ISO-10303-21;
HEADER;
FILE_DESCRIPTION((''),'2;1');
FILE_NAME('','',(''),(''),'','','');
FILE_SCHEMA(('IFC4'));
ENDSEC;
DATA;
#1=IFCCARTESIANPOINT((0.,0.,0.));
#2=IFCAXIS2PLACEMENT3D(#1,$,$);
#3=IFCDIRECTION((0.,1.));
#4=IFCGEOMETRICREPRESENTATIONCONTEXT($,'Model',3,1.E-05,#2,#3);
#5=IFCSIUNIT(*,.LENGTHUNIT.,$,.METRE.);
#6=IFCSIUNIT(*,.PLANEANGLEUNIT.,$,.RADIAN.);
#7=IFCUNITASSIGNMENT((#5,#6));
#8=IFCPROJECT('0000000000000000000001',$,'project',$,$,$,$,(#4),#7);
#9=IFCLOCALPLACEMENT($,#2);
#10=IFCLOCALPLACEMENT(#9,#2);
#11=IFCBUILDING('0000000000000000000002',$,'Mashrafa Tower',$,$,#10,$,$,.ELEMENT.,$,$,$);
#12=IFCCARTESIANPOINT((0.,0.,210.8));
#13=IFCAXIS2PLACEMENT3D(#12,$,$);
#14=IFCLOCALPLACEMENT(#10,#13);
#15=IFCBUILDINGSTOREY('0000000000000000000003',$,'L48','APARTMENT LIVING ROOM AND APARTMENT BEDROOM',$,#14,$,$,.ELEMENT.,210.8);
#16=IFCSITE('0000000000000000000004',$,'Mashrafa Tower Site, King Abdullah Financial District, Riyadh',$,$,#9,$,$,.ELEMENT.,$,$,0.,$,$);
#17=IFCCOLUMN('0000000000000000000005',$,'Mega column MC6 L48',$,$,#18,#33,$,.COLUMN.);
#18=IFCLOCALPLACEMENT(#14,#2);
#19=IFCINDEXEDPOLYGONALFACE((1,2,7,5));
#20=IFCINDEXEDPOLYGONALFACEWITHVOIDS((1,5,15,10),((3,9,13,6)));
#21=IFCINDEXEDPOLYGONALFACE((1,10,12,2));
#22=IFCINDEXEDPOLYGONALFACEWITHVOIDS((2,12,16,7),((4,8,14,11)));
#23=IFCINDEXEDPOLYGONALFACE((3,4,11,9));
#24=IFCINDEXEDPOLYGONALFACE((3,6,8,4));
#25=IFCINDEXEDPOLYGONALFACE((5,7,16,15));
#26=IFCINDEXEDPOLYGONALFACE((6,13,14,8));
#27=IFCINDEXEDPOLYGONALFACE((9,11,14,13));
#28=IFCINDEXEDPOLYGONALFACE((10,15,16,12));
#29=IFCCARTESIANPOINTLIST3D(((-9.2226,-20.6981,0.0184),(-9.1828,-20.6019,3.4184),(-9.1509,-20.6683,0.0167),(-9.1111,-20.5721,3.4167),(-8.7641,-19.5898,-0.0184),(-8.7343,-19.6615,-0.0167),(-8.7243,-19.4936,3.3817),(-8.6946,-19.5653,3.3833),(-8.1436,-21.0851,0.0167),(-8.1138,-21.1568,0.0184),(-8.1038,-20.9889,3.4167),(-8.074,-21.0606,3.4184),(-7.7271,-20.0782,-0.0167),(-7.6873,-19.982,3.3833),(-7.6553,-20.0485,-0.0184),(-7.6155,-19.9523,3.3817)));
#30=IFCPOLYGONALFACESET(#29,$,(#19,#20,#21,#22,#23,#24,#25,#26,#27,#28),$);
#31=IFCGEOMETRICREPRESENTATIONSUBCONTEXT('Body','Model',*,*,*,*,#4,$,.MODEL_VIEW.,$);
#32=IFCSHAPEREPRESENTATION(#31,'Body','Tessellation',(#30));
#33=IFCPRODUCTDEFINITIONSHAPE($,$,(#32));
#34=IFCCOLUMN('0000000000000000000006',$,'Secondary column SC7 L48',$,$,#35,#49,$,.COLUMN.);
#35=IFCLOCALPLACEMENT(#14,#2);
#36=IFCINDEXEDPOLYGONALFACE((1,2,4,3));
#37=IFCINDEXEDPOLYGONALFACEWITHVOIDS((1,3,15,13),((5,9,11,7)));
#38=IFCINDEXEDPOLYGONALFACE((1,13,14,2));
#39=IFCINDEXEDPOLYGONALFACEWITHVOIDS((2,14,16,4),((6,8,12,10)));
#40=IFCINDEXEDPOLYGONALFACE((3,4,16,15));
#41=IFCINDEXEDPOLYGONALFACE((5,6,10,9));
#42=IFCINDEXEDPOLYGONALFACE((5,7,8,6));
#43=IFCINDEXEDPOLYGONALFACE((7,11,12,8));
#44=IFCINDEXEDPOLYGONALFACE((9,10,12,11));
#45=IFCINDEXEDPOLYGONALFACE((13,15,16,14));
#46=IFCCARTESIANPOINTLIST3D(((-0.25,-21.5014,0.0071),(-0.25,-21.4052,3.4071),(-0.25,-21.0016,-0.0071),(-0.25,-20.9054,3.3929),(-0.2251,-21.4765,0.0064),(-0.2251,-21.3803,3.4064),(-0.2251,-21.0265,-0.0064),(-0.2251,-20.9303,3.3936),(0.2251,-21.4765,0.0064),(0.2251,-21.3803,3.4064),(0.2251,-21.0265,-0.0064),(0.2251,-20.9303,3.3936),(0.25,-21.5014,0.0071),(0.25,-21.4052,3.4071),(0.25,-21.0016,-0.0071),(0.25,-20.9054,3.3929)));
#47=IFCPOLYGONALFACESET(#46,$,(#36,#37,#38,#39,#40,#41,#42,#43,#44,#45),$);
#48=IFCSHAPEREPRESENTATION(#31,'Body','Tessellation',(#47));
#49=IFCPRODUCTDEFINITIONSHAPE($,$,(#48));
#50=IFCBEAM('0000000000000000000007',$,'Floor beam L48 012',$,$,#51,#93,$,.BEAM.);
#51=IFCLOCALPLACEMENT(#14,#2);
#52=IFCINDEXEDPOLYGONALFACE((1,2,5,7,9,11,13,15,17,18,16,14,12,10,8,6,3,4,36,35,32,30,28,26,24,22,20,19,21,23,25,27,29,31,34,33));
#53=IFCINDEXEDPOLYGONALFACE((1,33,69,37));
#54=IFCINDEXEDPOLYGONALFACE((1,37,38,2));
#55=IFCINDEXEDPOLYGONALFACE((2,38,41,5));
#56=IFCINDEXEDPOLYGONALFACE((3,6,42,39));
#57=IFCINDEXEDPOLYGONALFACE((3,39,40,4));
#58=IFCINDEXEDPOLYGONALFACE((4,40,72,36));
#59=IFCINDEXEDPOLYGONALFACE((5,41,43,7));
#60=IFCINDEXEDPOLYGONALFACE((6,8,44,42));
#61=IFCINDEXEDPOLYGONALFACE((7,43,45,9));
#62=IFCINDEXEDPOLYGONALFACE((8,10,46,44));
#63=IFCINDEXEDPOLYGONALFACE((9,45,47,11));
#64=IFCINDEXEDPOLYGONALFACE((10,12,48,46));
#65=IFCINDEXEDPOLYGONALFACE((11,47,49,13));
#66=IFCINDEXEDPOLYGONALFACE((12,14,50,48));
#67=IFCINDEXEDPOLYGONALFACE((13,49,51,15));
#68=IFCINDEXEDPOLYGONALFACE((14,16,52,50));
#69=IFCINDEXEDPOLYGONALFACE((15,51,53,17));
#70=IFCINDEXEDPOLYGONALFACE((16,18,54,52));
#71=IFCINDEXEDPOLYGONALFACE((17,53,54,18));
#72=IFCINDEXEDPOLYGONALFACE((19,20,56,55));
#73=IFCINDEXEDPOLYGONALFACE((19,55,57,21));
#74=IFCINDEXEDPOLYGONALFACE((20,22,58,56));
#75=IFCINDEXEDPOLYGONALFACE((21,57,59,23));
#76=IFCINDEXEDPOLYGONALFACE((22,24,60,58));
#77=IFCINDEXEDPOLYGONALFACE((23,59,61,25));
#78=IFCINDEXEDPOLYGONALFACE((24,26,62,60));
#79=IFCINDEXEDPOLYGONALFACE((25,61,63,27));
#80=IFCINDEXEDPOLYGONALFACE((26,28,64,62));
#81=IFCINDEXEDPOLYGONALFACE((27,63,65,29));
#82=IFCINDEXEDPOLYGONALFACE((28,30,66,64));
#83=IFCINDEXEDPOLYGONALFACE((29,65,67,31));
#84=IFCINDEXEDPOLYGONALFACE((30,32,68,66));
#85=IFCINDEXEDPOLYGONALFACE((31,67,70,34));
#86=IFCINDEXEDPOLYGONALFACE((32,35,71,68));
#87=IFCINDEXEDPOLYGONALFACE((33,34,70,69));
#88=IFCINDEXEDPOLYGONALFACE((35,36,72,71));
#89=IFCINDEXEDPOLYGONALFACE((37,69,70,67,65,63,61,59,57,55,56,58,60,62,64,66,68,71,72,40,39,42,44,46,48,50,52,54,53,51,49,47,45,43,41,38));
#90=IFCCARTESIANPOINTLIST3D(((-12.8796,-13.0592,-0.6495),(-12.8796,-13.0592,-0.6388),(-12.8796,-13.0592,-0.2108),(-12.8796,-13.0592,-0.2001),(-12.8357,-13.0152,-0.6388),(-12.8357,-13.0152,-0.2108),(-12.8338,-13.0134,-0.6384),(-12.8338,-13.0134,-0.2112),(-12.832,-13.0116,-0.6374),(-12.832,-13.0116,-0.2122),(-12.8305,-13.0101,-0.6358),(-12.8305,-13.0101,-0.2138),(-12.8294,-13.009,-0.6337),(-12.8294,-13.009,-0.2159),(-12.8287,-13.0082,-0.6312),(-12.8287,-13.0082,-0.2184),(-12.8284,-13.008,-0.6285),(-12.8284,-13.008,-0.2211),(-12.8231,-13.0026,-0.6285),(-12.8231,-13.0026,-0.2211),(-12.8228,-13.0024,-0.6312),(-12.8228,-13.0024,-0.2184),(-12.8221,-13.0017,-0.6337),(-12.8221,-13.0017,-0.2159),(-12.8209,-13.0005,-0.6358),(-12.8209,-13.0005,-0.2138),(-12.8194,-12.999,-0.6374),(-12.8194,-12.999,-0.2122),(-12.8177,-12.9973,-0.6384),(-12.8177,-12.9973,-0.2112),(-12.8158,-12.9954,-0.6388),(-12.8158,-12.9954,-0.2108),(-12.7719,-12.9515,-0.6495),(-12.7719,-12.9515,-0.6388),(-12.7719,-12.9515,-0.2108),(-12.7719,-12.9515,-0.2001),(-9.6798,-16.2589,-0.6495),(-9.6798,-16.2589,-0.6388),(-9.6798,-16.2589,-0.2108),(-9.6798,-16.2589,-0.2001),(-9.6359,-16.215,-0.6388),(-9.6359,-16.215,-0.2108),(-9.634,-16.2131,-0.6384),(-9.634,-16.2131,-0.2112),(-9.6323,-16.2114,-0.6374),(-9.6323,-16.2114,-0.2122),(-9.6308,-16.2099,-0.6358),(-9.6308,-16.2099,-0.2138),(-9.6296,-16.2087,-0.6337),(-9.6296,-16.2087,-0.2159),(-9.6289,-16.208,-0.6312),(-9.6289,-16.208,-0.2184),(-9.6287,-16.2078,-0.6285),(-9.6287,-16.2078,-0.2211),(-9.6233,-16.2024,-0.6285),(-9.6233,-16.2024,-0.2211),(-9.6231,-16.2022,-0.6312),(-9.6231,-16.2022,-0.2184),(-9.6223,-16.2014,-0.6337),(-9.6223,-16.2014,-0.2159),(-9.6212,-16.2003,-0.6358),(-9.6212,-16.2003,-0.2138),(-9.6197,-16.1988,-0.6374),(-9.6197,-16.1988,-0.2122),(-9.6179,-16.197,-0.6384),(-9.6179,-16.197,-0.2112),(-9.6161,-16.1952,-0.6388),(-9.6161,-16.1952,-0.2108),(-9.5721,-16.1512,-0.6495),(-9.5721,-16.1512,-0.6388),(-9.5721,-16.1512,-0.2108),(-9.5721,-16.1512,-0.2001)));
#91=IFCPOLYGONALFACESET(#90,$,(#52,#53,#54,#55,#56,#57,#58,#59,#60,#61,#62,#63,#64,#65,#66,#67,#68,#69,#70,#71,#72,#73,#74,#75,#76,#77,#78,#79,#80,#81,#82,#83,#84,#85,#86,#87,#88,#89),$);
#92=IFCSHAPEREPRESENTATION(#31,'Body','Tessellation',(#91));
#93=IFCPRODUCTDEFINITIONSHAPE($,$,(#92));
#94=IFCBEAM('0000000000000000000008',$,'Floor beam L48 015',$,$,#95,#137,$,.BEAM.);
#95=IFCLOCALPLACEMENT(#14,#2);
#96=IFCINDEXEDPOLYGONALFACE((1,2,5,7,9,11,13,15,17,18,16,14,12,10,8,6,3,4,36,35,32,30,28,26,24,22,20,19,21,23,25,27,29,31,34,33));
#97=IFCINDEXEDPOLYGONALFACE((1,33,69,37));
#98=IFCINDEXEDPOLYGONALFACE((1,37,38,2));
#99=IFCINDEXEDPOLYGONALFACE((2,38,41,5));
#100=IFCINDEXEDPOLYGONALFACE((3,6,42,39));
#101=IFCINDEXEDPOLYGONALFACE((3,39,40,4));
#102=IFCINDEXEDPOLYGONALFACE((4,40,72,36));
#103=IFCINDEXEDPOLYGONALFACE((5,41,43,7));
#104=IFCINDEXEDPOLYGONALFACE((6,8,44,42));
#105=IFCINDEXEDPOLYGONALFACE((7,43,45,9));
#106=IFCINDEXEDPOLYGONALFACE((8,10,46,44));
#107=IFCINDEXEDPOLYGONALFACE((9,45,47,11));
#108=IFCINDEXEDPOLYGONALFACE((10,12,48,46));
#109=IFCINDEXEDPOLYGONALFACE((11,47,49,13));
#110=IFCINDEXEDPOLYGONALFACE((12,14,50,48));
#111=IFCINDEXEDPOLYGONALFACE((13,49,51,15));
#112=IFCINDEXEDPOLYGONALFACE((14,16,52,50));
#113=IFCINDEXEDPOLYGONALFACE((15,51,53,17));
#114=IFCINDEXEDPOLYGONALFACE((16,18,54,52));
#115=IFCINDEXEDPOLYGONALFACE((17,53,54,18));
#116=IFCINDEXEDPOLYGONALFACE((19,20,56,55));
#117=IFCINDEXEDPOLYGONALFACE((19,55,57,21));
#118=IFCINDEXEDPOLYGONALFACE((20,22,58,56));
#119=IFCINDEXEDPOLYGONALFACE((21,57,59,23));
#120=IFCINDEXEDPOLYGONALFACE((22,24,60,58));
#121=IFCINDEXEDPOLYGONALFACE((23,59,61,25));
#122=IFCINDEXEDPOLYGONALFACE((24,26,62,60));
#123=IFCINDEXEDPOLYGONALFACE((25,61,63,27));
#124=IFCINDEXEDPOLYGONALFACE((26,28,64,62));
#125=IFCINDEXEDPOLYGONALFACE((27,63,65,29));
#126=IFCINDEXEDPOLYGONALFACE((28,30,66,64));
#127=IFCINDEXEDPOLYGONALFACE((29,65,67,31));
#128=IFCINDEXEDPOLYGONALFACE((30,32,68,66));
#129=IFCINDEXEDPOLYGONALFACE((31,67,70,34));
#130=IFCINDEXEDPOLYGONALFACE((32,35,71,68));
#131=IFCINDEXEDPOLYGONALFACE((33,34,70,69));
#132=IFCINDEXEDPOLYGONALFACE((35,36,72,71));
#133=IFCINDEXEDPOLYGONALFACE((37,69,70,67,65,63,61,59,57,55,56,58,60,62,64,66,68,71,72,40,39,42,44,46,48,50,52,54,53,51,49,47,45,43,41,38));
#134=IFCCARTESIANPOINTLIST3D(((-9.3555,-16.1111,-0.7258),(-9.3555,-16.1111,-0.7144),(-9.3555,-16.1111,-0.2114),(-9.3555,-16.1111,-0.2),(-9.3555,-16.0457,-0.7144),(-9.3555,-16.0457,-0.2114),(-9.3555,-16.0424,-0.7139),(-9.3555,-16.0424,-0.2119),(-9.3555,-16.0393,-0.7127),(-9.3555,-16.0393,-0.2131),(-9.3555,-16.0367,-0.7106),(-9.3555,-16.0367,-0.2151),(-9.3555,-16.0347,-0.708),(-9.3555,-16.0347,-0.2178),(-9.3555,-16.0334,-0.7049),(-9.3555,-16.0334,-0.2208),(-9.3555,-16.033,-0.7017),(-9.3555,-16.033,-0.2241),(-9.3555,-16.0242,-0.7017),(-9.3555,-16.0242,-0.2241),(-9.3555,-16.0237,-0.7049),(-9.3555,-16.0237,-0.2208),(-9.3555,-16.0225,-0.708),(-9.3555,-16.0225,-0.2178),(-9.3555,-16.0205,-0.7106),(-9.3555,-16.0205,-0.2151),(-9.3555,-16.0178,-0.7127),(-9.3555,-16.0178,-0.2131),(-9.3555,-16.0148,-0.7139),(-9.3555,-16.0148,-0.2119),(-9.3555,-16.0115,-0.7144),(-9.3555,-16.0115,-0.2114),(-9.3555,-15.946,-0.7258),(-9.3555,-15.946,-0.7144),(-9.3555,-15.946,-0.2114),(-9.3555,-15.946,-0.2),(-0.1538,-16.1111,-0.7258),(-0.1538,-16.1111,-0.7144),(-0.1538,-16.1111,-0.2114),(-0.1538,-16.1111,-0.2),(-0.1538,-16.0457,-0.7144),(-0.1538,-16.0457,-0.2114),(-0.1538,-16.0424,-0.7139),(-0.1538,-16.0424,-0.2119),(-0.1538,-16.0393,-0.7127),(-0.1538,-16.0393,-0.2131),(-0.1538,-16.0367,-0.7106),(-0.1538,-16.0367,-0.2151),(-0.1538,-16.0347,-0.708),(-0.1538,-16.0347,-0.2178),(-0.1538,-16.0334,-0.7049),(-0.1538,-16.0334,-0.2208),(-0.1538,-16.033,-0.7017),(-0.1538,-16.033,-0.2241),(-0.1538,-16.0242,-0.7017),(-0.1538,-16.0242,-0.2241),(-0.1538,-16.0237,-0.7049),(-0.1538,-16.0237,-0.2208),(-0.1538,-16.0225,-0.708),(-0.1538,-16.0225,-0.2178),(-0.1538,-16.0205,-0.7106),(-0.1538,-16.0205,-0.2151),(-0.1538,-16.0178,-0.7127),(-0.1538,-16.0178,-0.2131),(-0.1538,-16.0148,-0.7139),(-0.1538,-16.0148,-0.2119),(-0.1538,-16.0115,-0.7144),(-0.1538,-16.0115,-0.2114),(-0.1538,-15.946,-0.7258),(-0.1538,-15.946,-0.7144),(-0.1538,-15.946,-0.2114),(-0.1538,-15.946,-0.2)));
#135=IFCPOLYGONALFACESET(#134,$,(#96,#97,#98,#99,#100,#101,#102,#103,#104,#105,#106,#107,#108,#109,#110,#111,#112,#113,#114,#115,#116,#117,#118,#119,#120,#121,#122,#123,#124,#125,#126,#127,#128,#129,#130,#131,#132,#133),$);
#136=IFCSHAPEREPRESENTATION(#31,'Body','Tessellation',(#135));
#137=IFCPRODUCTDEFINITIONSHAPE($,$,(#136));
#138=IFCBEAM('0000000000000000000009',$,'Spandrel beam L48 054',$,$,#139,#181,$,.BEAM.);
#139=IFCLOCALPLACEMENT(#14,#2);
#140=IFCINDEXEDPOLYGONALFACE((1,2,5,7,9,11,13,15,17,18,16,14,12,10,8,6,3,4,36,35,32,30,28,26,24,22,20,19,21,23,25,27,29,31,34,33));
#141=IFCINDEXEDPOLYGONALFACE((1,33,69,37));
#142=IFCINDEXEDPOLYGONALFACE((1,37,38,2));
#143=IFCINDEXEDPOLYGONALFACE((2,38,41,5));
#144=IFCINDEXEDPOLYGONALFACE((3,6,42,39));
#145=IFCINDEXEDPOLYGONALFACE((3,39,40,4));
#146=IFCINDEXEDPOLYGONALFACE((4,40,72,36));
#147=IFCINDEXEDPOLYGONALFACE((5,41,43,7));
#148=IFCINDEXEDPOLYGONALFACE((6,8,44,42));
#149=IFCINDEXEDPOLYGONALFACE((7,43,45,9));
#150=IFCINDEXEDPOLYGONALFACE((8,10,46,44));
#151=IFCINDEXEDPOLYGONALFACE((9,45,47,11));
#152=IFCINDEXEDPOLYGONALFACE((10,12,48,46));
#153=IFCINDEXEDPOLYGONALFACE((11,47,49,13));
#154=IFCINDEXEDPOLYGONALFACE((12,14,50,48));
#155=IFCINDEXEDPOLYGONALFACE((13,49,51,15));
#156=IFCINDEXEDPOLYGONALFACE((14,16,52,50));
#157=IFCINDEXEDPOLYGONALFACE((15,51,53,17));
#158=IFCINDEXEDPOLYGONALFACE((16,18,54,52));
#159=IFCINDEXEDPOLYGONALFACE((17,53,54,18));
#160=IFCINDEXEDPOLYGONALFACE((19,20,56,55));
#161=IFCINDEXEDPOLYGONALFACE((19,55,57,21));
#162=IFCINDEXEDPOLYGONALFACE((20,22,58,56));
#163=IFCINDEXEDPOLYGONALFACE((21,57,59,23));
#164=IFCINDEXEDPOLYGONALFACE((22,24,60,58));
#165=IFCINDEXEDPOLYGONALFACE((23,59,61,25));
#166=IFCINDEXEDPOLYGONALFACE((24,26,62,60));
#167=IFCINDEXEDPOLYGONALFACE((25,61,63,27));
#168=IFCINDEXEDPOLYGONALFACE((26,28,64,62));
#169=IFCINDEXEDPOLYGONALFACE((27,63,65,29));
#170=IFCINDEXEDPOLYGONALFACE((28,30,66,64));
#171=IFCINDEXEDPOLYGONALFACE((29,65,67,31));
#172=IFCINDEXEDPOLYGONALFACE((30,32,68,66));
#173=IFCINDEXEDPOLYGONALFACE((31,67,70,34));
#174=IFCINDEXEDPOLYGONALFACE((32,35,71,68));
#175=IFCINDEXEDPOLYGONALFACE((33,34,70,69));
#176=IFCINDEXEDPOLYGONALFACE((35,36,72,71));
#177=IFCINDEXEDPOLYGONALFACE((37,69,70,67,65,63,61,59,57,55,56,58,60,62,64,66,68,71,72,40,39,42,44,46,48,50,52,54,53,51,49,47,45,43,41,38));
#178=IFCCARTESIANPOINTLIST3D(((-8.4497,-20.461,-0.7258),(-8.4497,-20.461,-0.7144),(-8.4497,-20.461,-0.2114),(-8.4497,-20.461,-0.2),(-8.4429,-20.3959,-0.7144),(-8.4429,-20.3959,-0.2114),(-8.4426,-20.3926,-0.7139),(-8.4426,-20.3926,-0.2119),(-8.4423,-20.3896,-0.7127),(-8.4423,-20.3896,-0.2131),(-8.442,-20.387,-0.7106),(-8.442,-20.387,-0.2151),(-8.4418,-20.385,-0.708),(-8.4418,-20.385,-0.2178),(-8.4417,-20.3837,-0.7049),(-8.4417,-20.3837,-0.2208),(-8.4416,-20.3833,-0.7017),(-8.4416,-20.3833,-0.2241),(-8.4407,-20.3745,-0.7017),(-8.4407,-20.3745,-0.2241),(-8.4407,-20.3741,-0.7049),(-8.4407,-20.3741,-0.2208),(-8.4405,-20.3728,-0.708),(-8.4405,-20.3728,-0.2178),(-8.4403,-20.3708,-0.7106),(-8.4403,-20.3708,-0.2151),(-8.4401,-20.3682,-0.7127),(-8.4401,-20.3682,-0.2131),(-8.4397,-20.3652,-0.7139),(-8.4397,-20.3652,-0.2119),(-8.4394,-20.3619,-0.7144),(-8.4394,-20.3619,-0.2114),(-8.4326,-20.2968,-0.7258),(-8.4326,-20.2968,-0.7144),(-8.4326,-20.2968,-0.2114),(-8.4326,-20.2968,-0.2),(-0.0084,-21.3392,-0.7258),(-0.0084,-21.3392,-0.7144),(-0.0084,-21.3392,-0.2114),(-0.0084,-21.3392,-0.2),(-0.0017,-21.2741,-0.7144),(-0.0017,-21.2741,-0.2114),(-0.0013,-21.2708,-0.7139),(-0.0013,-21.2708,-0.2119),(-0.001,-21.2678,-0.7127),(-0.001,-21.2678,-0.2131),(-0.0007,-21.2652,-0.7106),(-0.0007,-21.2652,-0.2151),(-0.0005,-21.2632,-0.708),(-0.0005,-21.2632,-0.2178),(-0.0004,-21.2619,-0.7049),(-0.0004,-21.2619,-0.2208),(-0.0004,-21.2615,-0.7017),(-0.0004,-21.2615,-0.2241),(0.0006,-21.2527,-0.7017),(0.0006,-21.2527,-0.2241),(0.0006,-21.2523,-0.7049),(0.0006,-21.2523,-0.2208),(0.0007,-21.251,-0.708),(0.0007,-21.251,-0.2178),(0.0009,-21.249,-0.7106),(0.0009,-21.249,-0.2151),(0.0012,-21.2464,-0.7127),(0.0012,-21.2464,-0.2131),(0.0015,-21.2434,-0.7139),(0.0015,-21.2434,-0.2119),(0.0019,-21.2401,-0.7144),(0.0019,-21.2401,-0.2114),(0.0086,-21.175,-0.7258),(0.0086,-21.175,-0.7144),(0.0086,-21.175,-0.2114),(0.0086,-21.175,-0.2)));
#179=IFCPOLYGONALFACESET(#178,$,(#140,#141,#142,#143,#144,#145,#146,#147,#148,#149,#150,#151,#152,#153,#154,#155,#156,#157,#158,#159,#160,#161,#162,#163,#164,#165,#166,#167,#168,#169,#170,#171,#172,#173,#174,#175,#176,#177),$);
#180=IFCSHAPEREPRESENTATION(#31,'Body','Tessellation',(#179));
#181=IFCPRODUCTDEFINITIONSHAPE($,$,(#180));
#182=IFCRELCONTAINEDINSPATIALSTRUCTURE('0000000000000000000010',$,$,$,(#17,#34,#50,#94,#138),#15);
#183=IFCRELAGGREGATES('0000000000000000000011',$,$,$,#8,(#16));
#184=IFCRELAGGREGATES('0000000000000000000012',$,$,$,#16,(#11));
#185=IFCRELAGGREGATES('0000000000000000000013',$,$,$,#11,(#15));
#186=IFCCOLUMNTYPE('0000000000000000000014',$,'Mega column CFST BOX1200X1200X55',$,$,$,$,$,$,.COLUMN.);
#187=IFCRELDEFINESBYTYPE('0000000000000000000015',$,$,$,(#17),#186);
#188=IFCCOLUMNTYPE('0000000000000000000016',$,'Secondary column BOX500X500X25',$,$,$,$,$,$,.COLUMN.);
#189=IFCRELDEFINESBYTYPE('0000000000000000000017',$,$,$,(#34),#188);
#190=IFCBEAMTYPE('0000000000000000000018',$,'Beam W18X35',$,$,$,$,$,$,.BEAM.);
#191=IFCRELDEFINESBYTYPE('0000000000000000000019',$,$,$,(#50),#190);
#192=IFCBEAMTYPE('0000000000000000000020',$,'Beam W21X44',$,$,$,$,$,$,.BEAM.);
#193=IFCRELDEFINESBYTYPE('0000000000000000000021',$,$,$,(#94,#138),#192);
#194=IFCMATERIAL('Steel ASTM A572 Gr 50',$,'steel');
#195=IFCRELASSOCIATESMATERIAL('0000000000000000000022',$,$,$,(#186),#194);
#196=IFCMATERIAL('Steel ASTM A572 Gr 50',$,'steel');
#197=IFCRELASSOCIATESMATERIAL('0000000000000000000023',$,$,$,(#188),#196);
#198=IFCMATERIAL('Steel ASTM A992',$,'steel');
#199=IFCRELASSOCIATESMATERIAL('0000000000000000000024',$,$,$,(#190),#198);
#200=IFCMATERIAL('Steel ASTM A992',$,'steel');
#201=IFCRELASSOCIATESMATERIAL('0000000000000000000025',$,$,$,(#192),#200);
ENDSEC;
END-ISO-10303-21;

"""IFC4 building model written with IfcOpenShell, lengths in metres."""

from ifc_helpers import new_model, si_unit, direction, frame, origin, origin_2d, place, context, subcontext, project, spatial, hollow_rectangle, i_section, extrude, material, material_profile, profile_set, type_object, element, save


model = new_model("IFC4")

# Units and contexts
model_context = context("Model", 3, precision=1e-05, world=origin(), true_north=direction((0.0, 1.0)))
body_context = subcontext(model_context, "Body", "Model", "MODEL_VIEW")
ifc_project = project(units=[si_unit("LENGTHUNIT", "METRE"), si_unit("PLANEANGLEUNIT", "RADIAN")], contexts=[model_context])

# Site, building, storey
site_placement = place(None, origin())
site = spatial("IfcSite", under=ifc_project, at=site_placement, Name="Mashrafa Tower Site, King Abdullah Financial District, Riyadh", CompositionType="ELEMENT", RefElevation=0.0)
building_placement = place(site_placement, origin())
building = spatial("IfcBuilding", under=site, at=building_placement, Name="Mashrafa Tower", CompositionType="ELEMENT")
storey_placement = place(building_placement, frame((0.0, 0.0, 210.8)))
storey = spatial("IfcBuildingStorey", under=building, at=storey_placement, Name="L48", Description="APARTMENT LIVING ROOM AND APARTMENT BEDROOM", CompositionType="ELEMENT", Elevation=210.8)

# Columns
ifc_material_1 = material(Name="Steel ASTM A572 Gr 50", Category="steel")
ifc_material_profile_1 = material_profile(ifc_material_1, hollow_rectangle(XDim=1.2, YDim=1.2, WallThickness=0.0549, at=origin_2d()), Name="BOX1200X1200X55")
ifc_profile_set_1 = profile_set([ifc_material_profile_1], Name="Steel ASTM A572 Gr 50")
column_type_1 = type_object("IfcColumnType", Name="Mega column CFST BOX1200X1200X55", PredefinedType="COLUMN", material=ifc_profile_set_1)
column_1_placement = place(storey_placement, frame((-8.439, -20.3733, 0.0), z_axis=(0.011699, 0.028279, 0.999532), x_axis=(-0.924045, 0.382283, 0.0)))
element("IfcColumn", 1, at=column_1_placement, inside=storey, type_object=column_type_1, Name="Mega column MC6 L48", PredefinedType="COLUMN", context=body_context, shape_type="SweptSolid", body=[
    extrude(hollow_rectangle(XDim=1.2, YDim=1.2, WallThickness=0.0549, at=origin_2d()), origin(), (0.0, 0.0, 1.0), 3.4016),
])
ifc_material_2 = material(Name="Steel ASTM A572 Gr 50", Category="steel")
ifc_material_profile_2 = material_profile(ifc_material_2, hollow_rectangle(XDim=0.5, YDim=0.5, WallThickness=0.0249, at=origin_2d()), Name="BOX500X500X25")
ifc_profile_set_2 = profile_set([ifc_material_profile_2], Name="Steel ASTM A572 Gr 50")
column_type_2 = type_object("IfcColumnType", Name="Secondary column BOX500X500X25", PredefinedType="COLUMN", material=ifc_profile_set_2)
column_2_placement = place(storey_placement, frame((0.0, -21.2515, 0.0), z_axis=(0.0, 0.028281, 0.9996), x_axis=(-1.0, 0.0, 0.0)))
element("IfcColumn", 2, at=column_2_placement, inside=storey, type_object=column_type_2, Name="Secondary column SC7 L48", PredefinedType="COLUMN", context=body_context, shape_type="SweptSolid", body=[
    extrude(hollow_rectangle(XDim=0.5, YDim=0.5, WallThickness=0.0249, at=origin_2d()), origin(), (0.0, 0.0, 1.0), 3.4014),
])

# Beams
ifc_material_3 = material(Name="Steel ASTM A992", Category="steel")
ifc_material_profile_3 = material_profile(ifc_material_3, i_section(OverallWidth=0.1523, OverallDepth=0.4495, WebThickness=0.0076, FlangeThickness=0.0107, FilletRadius=0.0103, at=origin_2d()), Name="W18X35")
ifc_profile_set_3 = profile_set([ifc_material_profile_3], Name="Steel ASTM A992")
beam_type_1 = type_object("IfcBeamType", Name="Beam W18X35", PredefinedType="BEAM", material=ifc_profile_set_3)
beam_1_placement = place(storey_placement, frame((-9.626, -16.2051, -0.4248), z_axis=(-0.707107, 0.707107, 0.0), x_axis=(-0.707107, -0.707107, 0.0)))
element("IfcBeam", 3, at=beam_1_placement, inside=storey, type_object=beam_type_1, Name="Floor beam L48 012", PredefinedType="BEAM", context=body_context, shape_type="SweptSolid", body=[
    extrude(i_section(OverallWidth=0.1523, OverallDepth=0.4495, WebThickness=0.0076, FlangeThickness=0.0107, FilletRadius=0.0103, at=origin_2d()), origin(), (0.0, 0.0, 1.0), 4.5251),
])
ifc_material_4 = material(Name="Steel ASTM A992", Category="steel")
ifc_material_profile_4 = material_profile(ifc_material_4, i_section(OverallWidth=0.165, OverallDepth=0.5259, WebThickness=0.0088, FlangeThickness=0.0115, FilletRadius=0.0127, at=origin_2d()), Name="W21X44")
ifc_profile_set_4 = profile_set([ifc_material_profile_4], Name="Steel ASTM A992")
beam_type_2 = type_object("IfcBeamType", Name="Beam W21X44", PredefinedType="BEAM", material=ifc_profile_set_4)
beam_2_placement = place(storey_placement, frame((-0.1538, -16.0286, -0.4629), z_axis=(-1.0, 0.0, 0.0), x_axis=(0.0, -1.0, 0.0)))
element("IfcBeam", 4, at=beam_2_placement, inside=storey, type_object=beam_type_2, Name="Floor beam L48 015", PredefinedType="BEAM", context=body_context, shape_type="SweptSolid", body=[
    extrude(i_section(OverallWidth=0.165, OverallDepth=0.5259, WebThickness=0.0088, FlangeThickness=0.0115, FilletRadius=0.0127, at=origin_2d()), origin(), (0.0, 0.0, 1.0), 9.2017),
])
beam_3_placement = place(storey_placement, frame((-8.4412, -20.3789, -0.4629), z_axis=(0.994632, -0.103476, 0.0), x_axis=(0.103476, 0.994632, 0.0)))
element("IfcBeam", 5, at=beam_3_placement, inside=storey, type_object=beam_type_2, Name="Spandrel beam L48 054", PredefinedType="BEAM", context=body_context, shape_type="SweptSolid", body=[
    extrude(i_section(OverallWidth=0.165, OverallDepth=0.5259, WebThickness=0.0088, FlangeThickness=0.0115, FilletRadius=0.0127, at=origin_2d()), origin(), (0.0, 0.0, 1.0), 8.4868),
])

save(model, "model.ifc")
